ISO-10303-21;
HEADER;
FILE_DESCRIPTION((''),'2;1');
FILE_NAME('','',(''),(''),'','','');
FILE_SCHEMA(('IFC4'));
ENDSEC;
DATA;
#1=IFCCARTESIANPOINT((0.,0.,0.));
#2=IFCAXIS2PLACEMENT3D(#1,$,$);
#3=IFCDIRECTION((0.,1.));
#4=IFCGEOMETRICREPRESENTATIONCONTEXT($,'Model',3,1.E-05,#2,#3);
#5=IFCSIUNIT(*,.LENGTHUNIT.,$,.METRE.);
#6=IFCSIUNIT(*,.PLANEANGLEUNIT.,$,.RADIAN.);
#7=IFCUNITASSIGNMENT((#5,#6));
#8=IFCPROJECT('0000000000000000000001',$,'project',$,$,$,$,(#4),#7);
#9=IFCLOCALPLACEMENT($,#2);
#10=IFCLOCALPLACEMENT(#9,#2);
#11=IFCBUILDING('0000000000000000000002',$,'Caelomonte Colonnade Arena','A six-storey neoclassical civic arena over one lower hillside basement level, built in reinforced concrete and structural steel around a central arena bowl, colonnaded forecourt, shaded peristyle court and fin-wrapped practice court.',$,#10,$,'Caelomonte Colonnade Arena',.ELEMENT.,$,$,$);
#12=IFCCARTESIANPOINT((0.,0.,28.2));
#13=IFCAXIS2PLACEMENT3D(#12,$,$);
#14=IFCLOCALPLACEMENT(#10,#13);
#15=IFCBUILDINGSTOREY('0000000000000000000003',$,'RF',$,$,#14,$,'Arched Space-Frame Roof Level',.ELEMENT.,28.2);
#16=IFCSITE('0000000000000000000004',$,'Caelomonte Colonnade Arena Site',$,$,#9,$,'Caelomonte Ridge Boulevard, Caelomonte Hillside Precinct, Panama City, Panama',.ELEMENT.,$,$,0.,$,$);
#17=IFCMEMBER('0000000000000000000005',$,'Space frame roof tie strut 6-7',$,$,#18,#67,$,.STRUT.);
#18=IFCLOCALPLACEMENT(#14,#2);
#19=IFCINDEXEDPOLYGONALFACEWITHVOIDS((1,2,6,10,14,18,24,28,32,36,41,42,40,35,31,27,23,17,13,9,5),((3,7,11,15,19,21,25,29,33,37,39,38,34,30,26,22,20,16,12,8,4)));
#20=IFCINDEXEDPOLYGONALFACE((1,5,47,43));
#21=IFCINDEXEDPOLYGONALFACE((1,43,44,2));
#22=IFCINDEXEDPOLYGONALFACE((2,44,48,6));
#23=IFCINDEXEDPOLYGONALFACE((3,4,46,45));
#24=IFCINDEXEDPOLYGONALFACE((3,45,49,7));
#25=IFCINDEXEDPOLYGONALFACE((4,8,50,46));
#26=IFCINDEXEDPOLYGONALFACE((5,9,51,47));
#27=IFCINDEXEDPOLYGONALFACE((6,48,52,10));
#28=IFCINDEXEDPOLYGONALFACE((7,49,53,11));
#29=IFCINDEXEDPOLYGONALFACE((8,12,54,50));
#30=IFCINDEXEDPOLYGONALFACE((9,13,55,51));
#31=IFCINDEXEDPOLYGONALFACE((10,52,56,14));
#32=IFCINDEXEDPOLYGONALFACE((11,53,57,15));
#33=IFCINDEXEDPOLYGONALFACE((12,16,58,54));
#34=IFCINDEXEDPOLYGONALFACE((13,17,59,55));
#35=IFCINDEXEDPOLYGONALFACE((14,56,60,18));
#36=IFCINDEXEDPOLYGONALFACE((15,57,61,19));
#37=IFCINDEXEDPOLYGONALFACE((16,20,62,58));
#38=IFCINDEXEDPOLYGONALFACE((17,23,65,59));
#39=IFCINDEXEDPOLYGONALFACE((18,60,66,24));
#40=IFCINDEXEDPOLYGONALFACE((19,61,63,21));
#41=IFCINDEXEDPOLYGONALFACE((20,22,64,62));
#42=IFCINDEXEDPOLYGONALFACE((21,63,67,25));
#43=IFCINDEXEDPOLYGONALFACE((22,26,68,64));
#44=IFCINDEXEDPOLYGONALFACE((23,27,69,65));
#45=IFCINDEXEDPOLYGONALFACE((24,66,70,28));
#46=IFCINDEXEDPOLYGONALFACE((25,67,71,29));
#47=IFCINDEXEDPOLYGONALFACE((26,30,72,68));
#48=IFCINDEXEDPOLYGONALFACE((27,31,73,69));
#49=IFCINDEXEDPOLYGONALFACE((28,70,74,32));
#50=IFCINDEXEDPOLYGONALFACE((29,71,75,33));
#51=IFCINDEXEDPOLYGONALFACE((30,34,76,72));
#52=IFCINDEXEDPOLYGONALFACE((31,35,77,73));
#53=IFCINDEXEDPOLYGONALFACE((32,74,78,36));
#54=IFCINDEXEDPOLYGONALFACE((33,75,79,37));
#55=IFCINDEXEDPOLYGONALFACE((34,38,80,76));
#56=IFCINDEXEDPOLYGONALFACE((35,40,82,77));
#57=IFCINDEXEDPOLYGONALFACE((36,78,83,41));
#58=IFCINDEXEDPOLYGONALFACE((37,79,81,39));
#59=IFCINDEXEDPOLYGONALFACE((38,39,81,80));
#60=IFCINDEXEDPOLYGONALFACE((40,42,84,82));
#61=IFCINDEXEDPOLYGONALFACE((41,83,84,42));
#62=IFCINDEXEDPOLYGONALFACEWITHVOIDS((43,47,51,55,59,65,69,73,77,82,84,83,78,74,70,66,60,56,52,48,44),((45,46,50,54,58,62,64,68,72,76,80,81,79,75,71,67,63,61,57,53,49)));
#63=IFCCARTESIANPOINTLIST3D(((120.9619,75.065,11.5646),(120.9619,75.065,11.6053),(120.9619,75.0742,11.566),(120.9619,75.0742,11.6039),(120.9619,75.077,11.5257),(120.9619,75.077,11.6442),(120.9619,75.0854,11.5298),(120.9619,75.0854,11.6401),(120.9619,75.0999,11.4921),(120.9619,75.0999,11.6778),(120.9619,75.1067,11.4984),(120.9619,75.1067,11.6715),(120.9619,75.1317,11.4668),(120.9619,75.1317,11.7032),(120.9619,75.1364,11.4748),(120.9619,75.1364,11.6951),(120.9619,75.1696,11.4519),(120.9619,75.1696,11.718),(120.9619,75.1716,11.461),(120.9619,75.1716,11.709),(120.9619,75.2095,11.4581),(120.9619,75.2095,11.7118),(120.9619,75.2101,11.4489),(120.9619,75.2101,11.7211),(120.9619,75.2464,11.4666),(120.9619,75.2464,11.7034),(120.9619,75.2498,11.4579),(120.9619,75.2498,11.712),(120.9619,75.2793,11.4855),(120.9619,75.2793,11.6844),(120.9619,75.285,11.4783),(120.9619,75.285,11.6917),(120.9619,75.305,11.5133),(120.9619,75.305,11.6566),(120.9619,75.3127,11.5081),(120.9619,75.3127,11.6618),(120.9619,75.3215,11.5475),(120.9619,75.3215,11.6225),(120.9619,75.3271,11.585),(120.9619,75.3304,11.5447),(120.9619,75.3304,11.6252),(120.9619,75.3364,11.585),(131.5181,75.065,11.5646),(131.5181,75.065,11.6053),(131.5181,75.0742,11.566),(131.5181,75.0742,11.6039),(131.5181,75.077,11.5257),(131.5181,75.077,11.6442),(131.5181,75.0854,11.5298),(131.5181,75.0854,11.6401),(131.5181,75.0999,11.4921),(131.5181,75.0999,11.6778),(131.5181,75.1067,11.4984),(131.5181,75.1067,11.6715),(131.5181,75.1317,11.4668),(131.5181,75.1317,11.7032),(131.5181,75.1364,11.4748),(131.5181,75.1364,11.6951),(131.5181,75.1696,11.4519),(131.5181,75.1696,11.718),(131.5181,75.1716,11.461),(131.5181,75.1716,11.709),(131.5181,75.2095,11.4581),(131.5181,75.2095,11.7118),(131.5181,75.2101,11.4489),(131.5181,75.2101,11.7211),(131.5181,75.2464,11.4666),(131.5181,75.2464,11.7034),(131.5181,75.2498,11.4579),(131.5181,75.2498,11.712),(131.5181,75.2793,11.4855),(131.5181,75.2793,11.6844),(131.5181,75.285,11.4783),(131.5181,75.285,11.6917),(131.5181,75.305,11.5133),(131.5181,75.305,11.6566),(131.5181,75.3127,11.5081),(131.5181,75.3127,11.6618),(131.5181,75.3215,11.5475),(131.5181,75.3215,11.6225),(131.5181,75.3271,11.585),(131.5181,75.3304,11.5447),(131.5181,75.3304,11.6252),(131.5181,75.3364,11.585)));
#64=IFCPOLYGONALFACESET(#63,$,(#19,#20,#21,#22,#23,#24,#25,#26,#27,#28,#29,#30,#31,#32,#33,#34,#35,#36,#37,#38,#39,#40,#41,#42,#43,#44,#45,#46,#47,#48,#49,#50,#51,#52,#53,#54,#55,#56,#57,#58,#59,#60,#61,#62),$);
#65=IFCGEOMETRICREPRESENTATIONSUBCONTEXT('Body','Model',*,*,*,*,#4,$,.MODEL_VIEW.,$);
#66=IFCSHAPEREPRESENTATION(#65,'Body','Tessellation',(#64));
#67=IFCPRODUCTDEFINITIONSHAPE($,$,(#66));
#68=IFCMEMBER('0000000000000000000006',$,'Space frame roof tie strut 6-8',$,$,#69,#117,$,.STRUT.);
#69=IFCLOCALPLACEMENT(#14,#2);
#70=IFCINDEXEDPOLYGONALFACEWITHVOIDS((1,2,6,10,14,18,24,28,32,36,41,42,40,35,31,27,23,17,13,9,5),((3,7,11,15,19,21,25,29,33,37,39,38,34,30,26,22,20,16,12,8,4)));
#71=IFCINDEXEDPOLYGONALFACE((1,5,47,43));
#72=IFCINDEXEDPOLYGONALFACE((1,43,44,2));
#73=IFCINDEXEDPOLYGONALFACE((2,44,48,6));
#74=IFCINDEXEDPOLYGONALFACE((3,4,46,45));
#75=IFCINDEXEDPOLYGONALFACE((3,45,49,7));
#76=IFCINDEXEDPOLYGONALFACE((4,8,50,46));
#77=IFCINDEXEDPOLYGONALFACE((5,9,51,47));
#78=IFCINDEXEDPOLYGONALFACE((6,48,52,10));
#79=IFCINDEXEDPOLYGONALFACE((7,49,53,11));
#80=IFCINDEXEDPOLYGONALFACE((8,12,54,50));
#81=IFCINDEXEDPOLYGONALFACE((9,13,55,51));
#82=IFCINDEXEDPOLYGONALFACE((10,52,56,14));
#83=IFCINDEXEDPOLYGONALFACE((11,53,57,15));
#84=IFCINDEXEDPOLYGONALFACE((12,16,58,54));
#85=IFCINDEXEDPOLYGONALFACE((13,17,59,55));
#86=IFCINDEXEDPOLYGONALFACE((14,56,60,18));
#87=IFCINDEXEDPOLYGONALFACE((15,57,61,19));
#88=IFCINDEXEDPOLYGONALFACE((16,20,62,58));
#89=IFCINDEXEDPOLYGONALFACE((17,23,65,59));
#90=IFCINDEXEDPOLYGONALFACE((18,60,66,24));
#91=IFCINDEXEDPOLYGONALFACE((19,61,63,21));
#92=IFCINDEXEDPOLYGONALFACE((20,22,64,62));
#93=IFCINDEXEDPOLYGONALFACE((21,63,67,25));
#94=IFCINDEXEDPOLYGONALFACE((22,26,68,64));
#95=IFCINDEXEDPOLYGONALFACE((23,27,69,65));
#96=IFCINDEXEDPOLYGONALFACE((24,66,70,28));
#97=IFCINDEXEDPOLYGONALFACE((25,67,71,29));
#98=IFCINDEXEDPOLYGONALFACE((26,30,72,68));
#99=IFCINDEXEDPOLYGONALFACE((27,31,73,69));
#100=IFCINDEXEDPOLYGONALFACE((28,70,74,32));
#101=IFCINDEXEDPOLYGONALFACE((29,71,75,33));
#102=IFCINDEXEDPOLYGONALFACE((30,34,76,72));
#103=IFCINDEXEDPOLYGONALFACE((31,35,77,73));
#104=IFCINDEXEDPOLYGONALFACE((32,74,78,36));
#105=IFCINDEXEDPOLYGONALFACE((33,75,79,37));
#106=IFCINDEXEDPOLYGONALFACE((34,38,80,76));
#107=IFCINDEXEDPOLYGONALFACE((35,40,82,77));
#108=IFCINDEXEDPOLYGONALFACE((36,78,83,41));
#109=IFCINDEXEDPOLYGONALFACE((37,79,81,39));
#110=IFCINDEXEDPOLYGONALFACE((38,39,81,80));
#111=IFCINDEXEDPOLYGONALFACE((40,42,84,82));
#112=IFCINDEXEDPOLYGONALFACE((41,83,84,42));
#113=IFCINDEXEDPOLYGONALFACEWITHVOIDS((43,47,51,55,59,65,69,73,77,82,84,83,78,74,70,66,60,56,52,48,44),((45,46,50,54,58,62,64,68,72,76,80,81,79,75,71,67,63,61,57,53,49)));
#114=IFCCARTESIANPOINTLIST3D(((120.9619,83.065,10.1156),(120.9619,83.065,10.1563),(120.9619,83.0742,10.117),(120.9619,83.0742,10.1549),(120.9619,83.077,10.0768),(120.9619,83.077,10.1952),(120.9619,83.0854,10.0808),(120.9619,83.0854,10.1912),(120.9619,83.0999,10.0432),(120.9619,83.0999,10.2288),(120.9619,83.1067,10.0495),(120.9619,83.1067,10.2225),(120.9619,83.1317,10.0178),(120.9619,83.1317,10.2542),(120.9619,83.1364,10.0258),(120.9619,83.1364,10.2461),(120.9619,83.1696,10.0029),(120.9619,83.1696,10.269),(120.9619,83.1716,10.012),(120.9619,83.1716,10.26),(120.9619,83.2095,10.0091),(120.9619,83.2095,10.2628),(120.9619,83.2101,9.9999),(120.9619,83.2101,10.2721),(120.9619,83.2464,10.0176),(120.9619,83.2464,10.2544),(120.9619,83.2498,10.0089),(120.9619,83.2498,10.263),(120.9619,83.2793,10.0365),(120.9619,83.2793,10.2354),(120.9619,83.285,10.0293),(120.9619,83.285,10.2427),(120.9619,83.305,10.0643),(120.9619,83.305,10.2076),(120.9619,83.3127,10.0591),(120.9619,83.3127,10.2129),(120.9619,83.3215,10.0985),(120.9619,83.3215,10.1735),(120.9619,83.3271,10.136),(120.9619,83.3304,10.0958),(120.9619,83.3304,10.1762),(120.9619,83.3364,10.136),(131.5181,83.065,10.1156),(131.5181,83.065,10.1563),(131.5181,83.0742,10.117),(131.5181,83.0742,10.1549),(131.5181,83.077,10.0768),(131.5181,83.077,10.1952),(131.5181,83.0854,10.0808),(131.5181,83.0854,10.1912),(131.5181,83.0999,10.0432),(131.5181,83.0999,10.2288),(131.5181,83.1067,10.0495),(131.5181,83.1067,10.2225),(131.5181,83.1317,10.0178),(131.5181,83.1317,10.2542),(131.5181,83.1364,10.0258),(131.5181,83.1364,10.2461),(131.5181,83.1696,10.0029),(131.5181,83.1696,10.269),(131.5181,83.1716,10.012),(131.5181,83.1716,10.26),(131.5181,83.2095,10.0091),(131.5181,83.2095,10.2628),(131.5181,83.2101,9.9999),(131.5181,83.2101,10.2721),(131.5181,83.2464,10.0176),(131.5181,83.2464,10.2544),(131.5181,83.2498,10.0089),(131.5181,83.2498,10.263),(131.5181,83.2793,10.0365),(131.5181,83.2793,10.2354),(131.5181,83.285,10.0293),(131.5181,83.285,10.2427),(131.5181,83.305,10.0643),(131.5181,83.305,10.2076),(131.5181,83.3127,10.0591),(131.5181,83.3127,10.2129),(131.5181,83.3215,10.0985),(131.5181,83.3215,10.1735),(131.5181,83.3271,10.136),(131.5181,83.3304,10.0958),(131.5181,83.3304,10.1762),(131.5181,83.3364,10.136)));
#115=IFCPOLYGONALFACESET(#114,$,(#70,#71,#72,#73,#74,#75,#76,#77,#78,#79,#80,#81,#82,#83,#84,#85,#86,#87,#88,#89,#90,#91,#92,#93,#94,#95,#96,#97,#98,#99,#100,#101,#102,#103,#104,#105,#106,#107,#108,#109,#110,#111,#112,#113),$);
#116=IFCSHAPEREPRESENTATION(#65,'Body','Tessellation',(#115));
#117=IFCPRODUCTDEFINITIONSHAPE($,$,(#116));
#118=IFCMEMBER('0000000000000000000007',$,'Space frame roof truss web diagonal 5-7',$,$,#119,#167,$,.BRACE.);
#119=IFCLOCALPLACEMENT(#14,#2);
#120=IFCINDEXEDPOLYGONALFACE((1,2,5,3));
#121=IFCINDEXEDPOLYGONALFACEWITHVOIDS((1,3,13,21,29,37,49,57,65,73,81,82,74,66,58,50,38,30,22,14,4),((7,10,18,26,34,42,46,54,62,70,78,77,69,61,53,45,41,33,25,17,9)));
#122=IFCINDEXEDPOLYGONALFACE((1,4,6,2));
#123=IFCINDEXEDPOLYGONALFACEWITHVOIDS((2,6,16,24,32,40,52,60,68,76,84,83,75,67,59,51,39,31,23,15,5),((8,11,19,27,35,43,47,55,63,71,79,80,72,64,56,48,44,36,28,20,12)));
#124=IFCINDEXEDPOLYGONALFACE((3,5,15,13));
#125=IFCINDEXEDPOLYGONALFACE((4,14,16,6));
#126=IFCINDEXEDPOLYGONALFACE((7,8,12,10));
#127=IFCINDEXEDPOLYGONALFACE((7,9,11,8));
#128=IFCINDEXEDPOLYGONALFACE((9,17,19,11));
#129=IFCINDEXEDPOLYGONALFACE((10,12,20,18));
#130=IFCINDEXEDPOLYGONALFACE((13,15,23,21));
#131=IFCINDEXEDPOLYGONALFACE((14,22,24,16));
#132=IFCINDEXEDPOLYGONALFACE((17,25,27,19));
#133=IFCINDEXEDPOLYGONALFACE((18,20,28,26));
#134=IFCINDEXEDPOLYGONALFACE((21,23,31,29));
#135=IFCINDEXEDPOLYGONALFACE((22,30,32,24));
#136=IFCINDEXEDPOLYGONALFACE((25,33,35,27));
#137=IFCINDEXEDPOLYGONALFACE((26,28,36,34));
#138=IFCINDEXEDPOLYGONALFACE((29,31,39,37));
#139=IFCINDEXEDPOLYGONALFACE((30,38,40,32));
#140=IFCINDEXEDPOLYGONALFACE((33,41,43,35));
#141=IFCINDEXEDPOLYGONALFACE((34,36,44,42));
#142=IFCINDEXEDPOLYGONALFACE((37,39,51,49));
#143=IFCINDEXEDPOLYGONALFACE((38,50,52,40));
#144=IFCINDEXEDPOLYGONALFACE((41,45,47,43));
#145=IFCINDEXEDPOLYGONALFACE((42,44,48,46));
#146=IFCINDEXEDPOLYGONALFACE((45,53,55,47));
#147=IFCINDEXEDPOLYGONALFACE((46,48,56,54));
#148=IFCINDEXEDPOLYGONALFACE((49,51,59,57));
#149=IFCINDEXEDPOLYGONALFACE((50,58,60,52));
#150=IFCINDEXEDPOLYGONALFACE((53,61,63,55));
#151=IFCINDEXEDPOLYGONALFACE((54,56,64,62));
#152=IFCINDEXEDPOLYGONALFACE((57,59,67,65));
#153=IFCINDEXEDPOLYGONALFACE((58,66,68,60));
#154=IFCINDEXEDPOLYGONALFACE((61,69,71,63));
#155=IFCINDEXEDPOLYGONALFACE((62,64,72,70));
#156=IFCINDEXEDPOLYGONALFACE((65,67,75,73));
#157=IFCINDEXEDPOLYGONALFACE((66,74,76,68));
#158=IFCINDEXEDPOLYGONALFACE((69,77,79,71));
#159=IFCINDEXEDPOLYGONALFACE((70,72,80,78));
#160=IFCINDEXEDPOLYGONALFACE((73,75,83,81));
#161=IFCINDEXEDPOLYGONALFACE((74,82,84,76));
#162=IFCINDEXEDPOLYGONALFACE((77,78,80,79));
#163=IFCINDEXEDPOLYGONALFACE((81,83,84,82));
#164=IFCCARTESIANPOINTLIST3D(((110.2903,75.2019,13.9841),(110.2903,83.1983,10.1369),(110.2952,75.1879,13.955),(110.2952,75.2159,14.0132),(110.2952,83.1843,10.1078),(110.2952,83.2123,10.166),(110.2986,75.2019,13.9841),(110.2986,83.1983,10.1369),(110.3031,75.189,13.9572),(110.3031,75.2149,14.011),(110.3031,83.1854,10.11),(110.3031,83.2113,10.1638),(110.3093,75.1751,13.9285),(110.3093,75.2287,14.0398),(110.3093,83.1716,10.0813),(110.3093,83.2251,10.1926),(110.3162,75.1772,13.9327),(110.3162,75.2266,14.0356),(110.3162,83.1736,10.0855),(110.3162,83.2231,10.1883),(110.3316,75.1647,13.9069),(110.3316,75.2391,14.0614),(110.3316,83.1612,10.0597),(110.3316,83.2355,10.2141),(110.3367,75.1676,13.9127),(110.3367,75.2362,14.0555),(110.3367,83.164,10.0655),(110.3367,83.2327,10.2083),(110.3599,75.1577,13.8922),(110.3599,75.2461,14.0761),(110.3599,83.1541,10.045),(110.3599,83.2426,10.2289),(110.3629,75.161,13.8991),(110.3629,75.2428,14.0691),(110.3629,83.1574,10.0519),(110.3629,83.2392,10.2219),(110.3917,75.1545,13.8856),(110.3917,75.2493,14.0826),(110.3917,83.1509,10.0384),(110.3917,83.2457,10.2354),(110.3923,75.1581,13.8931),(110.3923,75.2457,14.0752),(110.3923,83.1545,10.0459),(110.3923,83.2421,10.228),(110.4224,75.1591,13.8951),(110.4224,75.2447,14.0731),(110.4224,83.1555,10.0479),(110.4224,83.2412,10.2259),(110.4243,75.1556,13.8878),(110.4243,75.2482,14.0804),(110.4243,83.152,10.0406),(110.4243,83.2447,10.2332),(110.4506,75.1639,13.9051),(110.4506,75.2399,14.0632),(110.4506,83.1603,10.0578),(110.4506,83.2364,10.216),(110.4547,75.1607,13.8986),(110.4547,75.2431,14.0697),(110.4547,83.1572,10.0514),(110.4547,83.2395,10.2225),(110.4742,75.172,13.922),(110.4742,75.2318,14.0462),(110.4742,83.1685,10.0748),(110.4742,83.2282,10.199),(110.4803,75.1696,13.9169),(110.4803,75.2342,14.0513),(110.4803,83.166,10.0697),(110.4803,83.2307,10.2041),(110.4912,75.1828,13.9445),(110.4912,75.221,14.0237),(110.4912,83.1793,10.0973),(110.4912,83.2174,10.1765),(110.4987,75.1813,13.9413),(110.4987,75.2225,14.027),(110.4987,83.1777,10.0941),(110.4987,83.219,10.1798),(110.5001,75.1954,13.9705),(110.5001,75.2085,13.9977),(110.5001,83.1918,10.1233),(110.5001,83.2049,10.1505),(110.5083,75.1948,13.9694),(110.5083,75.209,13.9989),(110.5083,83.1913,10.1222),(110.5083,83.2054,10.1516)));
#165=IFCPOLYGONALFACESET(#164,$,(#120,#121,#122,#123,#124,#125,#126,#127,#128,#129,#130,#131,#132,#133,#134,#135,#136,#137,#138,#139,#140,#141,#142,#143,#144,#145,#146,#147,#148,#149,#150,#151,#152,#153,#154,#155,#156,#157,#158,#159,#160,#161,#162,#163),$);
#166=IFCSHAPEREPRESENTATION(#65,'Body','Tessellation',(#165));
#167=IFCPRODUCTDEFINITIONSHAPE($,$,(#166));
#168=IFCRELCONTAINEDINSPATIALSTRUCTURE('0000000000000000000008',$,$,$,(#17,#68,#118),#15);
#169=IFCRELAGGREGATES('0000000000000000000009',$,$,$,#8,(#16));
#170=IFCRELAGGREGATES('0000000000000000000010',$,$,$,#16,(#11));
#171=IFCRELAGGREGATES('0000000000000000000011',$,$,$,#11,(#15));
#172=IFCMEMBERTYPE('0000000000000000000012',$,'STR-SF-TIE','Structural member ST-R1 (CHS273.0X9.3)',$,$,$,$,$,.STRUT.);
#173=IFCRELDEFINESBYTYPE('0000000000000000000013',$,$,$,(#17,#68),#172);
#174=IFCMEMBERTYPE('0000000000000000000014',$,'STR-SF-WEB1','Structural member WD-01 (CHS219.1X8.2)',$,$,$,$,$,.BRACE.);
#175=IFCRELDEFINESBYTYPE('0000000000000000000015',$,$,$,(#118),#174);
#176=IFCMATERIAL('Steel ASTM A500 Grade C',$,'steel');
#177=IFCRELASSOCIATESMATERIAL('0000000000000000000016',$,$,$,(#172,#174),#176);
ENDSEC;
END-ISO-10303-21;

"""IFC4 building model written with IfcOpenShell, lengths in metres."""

from ifc_helpers import new_model, si_unit, direction, frame, origin, origin_2d, place, context, subcontext, project, spatial, hollow_circle, extrude, material, material_profile, profile_set, type_object, element, save


model = new_model("IFC4")

# Units and contexts
model_context = context("Model", 3, precision=1e-05, world=origin(), true_north=direction((0.0, 1.0)))
body_context = subcontext(model_context, "Body", "Model", "MODEL_VIEW")
ifc_project = project(units=[si_unit("LENGTHUNIT", "METRE"), si_unit("PLANEANGLEUNIT", "RADIAN")], contexts=[model_context])

# Site, building, storey
site_placement = place(None, origin())
site = spatial("IfcSite", under=ifc_project, at=site_placement, Name="Caelomonte Colonnade Arena Site", LongName="Caelomonte Ridge Boulevard, Caelomonte Hillside Precinct, Panama City, Panama", CompositionType="ELEMENT", RefElevation=0.0)
building_placement = place(site_placement, origin())
building = spatial("IfcBuilding", under=site, at=building_placement, Name="Caelomonte Colonnade Arena", Description="A six-storey neoclassical civic arena over one lower hillside basement level, built in reinforced concrete and structural steel around a central arena bowl, colonnaded forecourt, shaded peristyle court and fin-wrapped practice court.", LongName="Caelomonte Colonnade Arena", CompositionType="ELEMENT")
storey_placement = place(building_placement, frame((0.0, 0.0, 28.2)))
storey = spatial("IfcBuildingStorey", under=building, at=storey_placement, Name="RF", LongName="Arched Space-Frame Roof Level", CompositionType="ELEMENT", Elevation=28.2)

# Members
ifc_material_1 = material(Name="Steel ASTM A500 Grade C", Category="steel")
ifc_material_profile_1 = material_profile(ifc_material_1, hollow_circle(Radius=0.1365, WallThickness=0.0093, at=origin_2d()), Name="CHS273.0X9.3")
ifc_profile_set_1 = profile_set([ifc_material_profile_1], Name="Steel ASTM A500 Grade C")
member_type_1 = type_object("IfcMemberType", Name="STR-SF-TIE", Description="Structural member ST-R1 (CHS273.0X9.3)", PredefinedType="STRUT", material=ifc_profile_set_1)
for number, where, z_axis, x_axis, name in (
    (1, (120.9619, 75.2, 11.585), (1.0, 0.0, 0.0), (0.0, 1.0, 0.0), "Space frame roof tie strut 6-7"),
    (2, (120.9619, 83.2, 10.136), (1.0, 0.0, 0.0), (0.0, 1.0, 0.0), "Space frame roof tie strut 6-8"),
):
    element("IfcMember", number, at=place(storey_placement, frame(where, z_axis=z_axis, x_axis=x_axis)), inside=storey, type_object=member_type_1, Name=name, PredefinedType="STRUT", context=body_context, shape_type="SweptSolid", body=[
        extrude(hollow_circle(Radius=0.1365, WallThickness=0.0093, at=origin_2d()), origin(), (0.0, 0.0, 1.0), 10.5562),
    ])
ifc_material_profile_2 = material_profile(ifc_material_1, hollow_circle(Radius=0.1096, WallThickness=0.0083, at=origin_2d()), Name="CHS219.1X8.2")
ifc_profile_set_2 = profile_set([ifc_material_profile_2], Name="Steel ASTM A500 Grade C")
member_type_2 = type_object("IfcMemberType", Name="STR-SF-WEB1", Description="Structural member WD-01 (CHS219.1X8.2)", PredefinedType="BRACE", material=ifc_profile_set_2)
member_1_placement = place(storey_placement, frame((110.3999, 75.2019, 13.9841), z_axis=(0.0, 0.90113, -0.433548), x_axis=(-1.0, 0.0, 0.0)))
element("IfcMember", 3, at=member_1_placement, inside=storey, type_object=member_type_2, Name="Space frame roof truss web diagonal 5-7", PredefinedType="BRACE", context=body_context, shape_type="SweptSolid", body=[
    extrude(hollow_circle(Radius=0.1096, WallThickness=0.0083, at=origin_2d()), origin(), (0.0, 0.0, 1.0), 8.8738),
])

save(model, "model.ifc")
